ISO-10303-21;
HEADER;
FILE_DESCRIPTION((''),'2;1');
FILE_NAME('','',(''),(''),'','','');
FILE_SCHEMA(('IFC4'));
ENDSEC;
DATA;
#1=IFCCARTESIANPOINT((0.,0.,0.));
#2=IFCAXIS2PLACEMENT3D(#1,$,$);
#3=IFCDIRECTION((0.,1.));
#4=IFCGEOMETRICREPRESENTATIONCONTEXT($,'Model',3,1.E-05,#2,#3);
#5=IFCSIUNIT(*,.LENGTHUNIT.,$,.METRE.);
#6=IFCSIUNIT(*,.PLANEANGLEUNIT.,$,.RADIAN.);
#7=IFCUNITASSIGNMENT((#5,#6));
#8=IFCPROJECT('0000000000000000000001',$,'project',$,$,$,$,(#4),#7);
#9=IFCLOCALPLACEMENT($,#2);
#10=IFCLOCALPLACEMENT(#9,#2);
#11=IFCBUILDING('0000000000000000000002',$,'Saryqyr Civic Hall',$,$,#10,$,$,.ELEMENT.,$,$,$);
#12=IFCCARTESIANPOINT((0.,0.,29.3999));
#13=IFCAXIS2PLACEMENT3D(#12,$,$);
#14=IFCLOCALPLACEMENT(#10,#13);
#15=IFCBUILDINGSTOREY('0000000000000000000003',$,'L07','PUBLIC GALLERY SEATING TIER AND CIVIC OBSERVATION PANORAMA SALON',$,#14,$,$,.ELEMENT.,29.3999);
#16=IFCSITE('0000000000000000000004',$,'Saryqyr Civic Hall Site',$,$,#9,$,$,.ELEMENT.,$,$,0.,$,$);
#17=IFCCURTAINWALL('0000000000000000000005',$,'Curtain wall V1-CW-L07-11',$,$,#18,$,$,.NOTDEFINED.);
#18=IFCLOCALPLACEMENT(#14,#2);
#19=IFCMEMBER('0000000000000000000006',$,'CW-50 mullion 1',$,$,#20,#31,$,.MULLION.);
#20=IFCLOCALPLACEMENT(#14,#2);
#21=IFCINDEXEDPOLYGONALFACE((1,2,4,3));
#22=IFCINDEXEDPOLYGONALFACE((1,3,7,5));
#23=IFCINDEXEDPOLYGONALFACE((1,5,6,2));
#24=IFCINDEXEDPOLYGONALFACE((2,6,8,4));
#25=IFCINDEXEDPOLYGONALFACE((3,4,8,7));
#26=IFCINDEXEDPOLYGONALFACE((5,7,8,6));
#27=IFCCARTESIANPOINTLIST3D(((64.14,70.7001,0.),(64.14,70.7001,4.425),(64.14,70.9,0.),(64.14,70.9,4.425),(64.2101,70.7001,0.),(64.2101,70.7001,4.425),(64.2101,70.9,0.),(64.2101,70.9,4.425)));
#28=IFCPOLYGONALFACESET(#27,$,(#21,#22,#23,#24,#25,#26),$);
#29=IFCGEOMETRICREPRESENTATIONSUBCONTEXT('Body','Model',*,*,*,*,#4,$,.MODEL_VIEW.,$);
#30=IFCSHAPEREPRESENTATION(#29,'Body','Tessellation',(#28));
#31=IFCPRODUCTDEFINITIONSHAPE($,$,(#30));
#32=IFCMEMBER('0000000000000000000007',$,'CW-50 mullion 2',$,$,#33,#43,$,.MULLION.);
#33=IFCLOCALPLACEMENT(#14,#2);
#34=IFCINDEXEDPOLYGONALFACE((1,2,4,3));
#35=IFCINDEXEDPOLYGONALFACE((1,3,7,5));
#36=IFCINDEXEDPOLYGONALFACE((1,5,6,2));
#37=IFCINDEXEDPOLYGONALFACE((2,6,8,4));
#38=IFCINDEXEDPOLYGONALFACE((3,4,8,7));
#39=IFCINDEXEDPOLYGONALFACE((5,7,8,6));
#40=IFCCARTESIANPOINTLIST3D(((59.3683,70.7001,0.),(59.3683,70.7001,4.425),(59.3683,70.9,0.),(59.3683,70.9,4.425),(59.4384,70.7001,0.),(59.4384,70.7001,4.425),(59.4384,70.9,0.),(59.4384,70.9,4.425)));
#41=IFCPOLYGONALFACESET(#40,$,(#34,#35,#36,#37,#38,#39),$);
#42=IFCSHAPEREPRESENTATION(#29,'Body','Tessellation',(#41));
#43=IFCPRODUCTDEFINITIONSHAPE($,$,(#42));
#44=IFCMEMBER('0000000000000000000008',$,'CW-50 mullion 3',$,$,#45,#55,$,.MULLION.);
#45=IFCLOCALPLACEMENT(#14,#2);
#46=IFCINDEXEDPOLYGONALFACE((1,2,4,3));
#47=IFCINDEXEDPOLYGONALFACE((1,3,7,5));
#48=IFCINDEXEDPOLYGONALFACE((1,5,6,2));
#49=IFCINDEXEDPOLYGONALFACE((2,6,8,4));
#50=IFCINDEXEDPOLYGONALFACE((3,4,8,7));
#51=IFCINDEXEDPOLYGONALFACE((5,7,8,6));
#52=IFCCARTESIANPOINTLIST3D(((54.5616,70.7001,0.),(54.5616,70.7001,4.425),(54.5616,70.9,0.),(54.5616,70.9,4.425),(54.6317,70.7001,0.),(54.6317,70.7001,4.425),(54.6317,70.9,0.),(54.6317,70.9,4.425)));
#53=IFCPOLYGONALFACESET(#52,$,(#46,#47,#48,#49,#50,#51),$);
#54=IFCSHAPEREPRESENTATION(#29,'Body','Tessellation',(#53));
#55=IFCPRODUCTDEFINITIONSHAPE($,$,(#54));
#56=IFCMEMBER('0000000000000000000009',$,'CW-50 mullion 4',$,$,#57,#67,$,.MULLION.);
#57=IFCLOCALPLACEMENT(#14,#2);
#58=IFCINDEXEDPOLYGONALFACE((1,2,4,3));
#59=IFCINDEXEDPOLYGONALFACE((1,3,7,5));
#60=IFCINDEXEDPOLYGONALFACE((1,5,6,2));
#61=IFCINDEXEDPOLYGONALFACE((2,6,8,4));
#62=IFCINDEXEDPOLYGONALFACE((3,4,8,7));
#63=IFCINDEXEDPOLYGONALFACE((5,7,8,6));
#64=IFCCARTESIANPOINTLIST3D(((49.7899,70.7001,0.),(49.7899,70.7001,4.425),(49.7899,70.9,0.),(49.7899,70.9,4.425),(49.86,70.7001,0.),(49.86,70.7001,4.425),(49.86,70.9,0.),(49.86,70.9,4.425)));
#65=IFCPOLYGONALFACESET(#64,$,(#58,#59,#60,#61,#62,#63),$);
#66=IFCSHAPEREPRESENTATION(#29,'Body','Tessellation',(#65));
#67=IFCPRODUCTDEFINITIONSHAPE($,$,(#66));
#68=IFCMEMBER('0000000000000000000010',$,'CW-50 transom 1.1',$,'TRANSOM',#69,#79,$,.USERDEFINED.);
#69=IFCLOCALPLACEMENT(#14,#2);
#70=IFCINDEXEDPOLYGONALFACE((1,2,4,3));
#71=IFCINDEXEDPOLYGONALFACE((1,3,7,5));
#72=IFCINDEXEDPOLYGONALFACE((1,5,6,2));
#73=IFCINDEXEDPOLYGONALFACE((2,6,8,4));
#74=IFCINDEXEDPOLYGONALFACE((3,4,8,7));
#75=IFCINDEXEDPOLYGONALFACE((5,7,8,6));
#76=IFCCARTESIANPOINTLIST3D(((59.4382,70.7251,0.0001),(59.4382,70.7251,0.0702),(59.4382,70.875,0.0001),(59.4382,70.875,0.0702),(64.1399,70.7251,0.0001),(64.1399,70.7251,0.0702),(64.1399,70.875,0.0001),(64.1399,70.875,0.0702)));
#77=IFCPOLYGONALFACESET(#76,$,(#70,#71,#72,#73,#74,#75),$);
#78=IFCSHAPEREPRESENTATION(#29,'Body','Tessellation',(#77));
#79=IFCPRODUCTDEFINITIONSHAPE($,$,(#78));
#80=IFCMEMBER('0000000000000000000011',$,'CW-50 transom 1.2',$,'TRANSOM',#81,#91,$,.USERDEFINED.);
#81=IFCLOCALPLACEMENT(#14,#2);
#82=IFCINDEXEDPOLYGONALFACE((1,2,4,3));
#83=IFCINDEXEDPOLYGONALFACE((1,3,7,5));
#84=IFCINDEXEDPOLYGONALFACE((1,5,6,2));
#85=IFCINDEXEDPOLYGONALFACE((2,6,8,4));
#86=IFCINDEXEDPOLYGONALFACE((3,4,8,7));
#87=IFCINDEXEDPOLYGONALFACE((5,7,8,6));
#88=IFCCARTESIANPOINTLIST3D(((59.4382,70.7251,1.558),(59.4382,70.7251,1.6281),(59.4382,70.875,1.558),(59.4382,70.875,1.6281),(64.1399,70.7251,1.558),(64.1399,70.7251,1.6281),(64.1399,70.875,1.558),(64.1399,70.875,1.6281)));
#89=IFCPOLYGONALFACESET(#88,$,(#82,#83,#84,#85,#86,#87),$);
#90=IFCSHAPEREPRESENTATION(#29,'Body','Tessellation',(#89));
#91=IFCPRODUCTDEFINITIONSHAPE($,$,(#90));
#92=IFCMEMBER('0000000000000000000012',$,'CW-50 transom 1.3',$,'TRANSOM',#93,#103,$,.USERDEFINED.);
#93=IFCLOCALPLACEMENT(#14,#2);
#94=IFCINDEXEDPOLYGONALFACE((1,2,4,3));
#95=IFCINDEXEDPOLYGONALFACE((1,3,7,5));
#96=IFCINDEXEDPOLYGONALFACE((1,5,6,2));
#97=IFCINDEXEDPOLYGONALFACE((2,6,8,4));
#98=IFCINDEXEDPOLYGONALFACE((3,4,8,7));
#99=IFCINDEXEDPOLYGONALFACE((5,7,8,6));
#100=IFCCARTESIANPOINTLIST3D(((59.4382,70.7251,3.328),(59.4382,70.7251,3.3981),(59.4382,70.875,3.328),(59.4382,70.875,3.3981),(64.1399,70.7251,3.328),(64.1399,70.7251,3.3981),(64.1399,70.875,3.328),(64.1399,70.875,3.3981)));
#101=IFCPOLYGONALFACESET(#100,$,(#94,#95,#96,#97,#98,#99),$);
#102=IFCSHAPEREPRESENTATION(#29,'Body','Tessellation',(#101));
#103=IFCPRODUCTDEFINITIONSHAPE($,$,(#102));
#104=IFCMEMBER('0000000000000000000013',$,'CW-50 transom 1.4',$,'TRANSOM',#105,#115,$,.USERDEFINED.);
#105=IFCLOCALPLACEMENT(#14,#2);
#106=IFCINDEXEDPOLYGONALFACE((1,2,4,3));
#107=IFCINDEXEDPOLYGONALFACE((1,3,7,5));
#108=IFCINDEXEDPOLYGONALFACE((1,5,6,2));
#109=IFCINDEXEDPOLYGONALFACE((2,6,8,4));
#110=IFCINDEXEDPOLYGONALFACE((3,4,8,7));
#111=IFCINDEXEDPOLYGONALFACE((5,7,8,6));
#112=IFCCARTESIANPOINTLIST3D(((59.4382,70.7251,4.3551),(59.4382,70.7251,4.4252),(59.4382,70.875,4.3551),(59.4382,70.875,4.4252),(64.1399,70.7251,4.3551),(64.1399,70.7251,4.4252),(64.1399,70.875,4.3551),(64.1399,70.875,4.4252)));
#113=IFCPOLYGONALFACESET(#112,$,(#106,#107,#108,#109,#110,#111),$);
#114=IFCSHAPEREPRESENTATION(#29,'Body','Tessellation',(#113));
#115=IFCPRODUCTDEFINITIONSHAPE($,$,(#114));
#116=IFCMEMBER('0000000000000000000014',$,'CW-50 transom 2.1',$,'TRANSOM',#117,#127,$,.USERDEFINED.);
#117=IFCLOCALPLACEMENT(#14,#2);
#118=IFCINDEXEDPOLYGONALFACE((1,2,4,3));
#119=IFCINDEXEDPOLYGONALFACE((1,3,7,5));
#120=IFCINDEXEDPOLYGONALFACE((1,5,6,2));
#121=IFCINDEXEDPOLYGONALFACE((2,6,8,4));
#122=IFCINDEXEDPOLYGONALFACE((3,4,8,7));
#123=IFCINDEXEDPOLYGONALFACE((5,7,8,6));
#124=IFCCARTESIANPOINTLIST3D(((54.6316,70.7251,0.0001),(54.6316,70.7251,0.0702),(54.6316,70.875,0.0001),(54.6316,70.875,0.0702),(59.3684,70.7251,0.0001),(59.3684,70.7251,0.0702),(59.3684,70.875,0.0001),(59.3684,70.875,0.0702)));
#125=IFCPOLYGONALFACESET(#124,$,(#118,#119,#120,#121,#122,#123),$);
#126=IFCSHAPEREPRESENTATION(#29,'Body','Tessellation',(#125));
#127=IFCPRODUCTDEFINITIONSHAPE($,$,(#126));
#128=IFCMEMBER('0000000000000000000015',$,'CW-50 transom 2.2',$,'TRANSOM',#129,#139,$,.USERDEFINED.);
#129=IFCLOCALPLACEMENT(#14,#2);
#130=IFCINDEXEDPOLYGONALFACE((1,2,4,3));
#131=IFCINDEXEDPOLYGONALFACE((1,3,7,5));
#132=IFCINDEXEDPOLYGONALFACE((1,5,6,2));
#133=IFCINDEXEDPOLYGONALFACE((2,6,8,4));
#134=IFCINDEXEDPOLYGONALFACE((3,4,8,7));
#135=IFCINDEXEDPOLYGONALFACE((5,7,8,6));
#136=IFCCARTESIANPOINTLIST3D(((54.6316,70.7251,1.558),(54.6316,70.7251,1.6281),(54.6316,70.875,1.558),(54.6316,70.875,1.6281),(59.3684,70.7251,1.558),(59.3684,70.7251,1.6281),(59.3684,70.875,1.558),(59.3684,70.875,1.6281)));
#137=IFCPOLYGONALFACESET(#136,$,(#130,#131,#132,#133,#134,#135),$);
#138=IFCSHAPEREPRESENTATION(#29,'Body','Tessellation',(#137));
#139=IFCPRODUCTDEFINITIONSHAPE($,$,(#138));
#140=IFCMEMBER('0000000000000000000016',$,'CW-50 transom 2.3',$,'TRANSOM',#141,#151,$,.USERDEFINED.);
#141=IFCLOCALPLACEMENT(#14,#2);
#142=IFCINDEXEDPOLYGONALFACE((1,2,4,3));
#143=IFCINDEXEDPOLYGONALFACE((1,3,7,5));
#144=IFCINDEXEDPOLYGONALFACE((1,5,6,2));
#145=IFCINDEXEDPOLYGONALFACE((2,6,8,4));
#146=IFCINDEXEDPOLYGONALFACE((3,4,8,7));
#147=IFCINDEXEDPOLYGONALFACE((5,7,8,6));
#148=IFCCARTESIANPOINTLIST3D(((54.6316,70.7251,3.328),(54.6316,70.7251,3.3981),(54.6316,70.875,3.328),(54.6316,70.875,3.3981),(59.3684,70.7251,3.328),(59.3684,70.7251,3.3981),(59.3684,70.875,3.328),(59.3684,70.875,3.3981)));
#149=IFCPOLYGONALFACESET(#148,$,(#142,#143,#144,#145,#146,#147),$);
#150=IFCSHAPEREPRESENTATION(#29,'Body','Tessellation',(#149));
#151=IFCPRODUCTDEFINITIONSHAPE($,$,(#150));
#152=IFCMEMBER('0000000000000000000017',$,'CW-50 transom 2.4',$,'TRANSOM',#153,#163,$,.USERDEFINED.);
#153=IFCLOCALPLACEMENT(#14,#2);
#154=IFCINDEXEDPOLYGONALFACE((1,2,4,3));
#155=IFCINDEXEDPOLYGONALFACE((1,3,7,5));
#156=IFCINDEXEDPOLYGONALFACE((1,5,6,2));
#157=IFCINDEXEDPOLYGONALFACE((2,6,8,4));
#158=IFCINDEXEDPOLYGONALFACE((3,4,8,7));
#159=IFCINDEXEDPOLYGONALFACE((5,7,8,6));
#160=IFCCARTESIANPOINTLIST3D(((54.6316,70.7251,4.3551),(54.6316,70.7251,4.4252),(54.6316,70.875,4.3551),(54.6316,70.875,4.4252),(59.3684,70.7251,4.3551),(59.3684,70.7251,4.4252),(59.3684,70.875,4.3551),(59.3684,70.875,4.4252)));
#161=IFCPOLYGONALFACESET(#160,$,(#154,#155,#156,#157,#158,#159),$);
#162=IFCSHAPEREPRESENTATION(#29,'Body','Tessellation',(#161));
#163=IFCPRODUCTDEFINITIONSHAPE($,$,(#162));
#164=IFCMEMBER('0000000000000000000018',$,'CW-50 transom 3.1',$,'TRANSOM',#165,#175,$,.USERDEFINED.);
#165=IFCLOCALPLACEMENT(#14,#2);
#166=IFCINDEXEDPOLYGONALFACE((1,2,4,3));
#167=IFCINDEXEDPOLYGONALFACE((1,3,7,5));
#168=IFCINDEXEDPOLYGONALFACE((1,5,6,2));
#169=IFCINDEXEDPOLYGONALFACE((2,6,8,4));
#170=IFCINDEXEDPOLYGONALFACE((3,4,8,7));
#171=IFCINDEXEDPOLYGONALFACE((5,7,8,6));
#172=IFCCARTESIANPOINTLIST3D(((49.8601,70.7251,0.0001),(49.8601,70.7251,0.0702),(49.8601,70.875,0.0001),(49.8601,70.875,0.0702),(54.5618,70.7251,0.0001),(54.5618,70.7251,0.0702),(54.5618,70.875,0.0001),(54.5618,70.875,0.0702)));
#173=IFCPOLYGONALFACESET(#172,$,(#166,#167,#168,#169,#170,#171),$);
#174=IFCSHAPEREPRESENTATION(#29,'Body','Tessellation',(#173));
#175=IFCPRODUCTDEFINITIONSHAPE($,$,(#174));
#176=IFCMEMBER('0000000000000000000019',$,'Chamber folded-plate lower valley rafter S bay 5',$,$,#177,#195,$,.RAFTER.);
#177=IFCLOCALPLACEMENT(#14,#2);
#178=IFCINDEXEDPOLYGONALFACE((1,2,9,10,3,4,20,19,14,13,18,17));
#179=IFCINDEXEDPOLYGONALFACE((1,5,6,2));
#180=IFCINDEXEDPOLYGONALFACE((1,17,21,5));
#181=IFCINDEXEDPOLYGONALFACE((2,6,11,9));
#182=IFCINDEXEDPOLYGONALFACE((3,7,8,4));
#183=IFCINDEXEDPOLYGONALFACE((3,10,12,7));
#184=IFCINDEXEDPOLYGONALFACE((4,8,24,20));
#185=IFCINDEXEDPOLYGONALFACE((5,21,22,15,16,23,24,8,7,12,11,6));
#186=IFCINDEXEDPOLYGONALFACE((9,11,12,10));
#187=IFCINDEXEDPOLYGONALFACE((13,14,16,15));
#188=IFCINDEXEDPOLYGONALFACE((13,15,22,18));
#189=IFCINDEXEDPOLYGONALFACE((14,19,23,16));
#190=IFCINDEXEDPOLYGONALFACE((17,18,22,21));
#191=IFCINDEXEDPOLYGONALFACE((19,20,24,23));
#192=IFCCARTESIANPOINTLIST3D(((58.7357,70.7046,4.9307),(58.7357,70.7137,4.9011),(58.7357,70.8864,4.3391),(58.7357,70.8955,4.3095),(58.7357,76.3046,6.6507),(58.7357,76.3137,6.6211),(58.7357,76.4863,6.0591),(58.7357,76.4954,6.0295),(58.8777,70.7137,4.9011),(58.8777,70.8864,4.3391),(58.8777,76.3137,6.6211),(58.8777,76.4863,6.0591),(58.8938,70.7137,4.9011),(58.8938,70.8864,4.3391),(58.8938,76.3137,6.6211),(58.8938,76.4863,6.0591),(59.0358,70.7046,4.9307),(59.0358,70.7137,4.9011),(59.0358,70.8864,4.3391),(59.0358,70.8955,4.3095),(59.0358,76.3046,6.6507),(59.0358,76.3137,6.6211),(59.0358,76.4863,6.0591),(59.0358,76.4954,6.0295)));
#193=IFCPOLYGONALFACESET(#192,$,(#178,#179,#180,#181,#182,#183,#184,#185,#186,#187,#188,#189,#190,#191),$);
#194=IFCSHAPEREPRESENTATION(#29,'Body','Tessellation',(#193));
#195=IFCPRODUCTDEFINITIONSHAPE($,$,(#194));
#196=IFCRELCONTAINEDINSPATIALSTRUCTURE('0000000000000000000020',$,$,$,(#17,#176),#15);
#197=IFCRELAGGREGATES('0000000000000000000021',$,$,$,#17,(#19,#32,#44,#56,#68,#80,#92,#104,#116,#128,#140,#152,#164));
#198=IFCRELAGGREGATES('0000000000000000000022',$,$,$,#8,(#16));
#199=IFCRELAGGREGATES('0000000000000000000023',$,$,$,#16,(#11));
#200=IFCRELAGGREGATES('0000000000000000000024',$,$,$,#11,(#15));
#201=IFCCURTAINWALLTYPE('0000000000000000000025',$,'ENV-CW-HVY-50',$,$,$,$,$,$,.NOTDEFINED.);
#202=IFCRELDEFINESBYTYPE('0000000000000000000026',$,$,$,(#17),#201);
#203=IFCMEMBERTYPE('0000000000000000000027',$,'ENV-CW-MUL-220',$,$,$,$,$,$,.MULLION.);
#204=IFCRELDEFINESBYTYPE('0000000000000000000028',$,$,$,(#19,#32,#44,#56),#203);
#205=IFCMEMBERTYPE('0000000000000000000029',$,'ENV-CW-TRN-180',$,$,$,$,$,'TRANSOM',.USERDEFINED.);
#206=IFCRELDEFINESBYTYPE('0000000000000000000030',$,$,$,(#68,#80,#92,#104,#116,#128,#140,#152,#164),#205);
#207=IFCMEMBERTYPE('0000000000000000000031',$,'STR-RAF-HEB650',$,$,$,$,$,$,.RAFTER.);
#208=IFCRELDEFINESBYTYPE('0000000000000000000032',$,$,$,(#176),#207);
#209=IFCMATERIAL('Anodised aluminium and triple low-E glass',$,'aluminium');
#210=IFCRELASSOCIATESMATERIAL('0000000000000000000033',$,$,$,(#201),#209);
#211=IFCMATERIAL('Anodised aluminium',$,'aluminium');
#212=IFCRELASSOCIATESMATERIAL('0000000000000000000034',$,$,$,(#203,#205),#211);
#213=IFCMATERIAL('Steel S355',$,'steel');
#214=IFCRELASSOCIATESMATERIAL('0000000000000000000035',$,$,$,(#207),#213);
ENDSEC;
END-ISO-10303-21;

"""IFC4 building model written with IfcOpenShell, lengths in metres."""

from ifc_helpers import new_model, si_unit, direction, frame, origin, origin_2d, place, context, subcontext, project, spatial, rectangle, i_section, extrude, material, material_profile, profile_set, type_object, element, aggregate, save


model = new_model("IFC4")

# Units and contexts
model_context = context("Model", 3, precision=1e-05, world=origin(), true_north=direction((0.0, 1.0)))
body_context = subcontext(model_context, "Body", "Model", "MODEL_VIEW")
ifc_project = project(units=[si_unit("LENGTHUNIT", "METRE"), si_unit("PLANEANGLEUNIT", "RADIAN")], contexts=[model_context])

# Site, building, storey
site_placement = place(None, origin())
site = spatial("IfcSite", under=ifc_project, at=site_placement, Name="Saryqyr Civic Hall Site", CompositionType="ELEMENT", RefElevation=0.0)
building_placement = place(site_placement, origin())
building = spatial("IfcBuilding", under=site, at=building_placement, Name="Saryqyr Civic Hall", CompositionType="ELEMENT")
storey_placement = place(building_placement, frame((0.0, 0.0, 29.3999)))
storey = spatial("IfcBuildingStorey", under=building, at=storey_placement, Name="L07", Description="PUBLIC GALLERY SEATING TIER AND CIVIC OBSERVATION PANORAMA SALON", CompositionType="ELEMENT", Elevation=29.3999)

# Curtain wall, members
ifc_material_1 = material(Name="Anodised aluminium and triple low-E glass", Category="aluminium")
curtain_wall_type = type_object("IfcCurtainWallType", Name="ENV-CW-HVY-50", PredefinedType="NOTDEFINED", material=ifc_material_1)
curtain_wall_placement = place(storey_placement, origin())
curtain_wall = element("IfcCurtainWall", 1, at=curtain_wall_placement, inside=storey, type_object=curtain_wall_type, Name="Curtain wall V1-CW-L07-11", PredefinedType="NOTDEFINED")
ifc_material_2 = material(Name="Anodised aluminium", Category="aluminium")
ifc_material_profile_1 = material_profile(ifc_material_2, rectangle(XDim=0.0701, YDim=0.2, at=origin_2d()), Name="ALU MULLION 70x200")
ifc_profile_set_1 = profile_set([ifc_material_profile_1], Name="Anodised aluminium")
member_type_1 = type_object("IfcMemberType", Name="ENV-CW-MUL-220", PredefinedType="MULLION", material=ifc_profile_set_1)
member_1_placement = place(storey_placement, frame((64.175, 70.8, 0.0), z_axis=(0.0, 0.0, 1.0), x_axis=(-1.0, 0.0, 0.0)))
member_1 = element("IfcMember", 2, at=member_1_placement, type_object=member_type_1, Name="CW-50 mullion 1", PredefinedType="MULLION", context=body_context, shape_type="SweptSolid", body=[
    extrude(rectangle(XDim=0.0701, YDim=0.2, at=origin_2d()), origin(), (0.0, 0.0, 1.0), 4.425),
])
member_2_placement = place(storey_placement, frame((59.4033, 70.8, 0.0), z_axis=(0.0, 0.0, 1.0), x_axis=(-1.0, 0.0, 0.0)))
member_2 = element("IfcMember", 3, at=member_2_placement, type_object=member_type_1, Name="CW-50 mullion 2", PredefinedType="MULLION", context=body_context, shape_type="SweptSolid", body=[
    extrude(rectangle(XDim=0.0701, YDim=0.2, at=origin_2d()), origin(), (0.0, 0.0, 1.0), 4.425),
])
member_3_placement = place(storey_placement, frame((54.5967, 70.8, 0.0), z_axis=(0.0, 0.0, 1.0), x_axis=(-1.0, 0.0, 0.0)))
member_3 = element("IfcMember", 4, at=member_3_placement, type_object=member_type_1, Name="CW-50 mullion 3", PredefinedType="MULLION", context=body_context, shape_type="SweptSolid", body=[
    extrude(rectangle(XDim=0.0701, YDim=0.2, at=origin_2d()), origin(), (0.0, 0.0, 1.0), 4.425),
])
member_4_placement = place(storey_placement, frame((49.825, 70.8, 0.0), z_axis=(0.0, 0.0, 1.0), x_axis=(-1.0, 0.0, 0.0)))
member_4 = element("IfcMember", 5, at=member_4_placement, type_object=member_type_1, Name="CW-50 mullion 4", PredefinedType="MULLION", context=body_context, shape_type="SweptSolid", body=[
    extrude(rectangle(XDim=0.0701, YDim=0.2, at=origin_2d()), origin(), (0.0, 0.0, 1.0), 4.425),
])
ifc_material_profile_2 = material_profile(ifc_material_2, rectangle(XDim=0.1499, YDim=0.0701, at=origin_2d()), Name="ALU TRANSOM 150x70")
ifc_profile_set_2 = profile_set([ifc_material_profile_2], Name="Anodised aluminium")
member_type_2 = type_object("IfcMemberType", Name="ENV-CW-TRN-180", ElementType="TRANSOM", PredefinedType="USERDEFINED", material=ifc_profile_set_2)
member_5_placement = place(storey_placement, frame((64.1399, 70.8, 0.0352), z_axis=(-1.0, 0.0, 0.0), x_axis=(0.0, -1.0, 0.0)))
member_5 = element("IfcMember", 6, at=member_5_placement, type_object=member_type_2, Name="CW-50 transom 1.1", ObjectType="TRANSOM", PredefinedType="USERDEFINED", context=body_context, shape_type="SweptSolid", body=[
    extrude(rectangle(XDim=0.1499, YDim=0.0701, at=origin_2d()), origin(), (0.0, 0.0, 1.0), 4.7017),
])
member_6_placement = place(storey_placement, frame((64.1399, 70.8, 1.593), z_axis=(-1.0, 0.0, 0.0), x_axis=(0.0, -1.0, 0.0)))
member_6 = element("IfcMember", 7, at=member_6_placement, type_object=member_type_2, Name="CW-50 transom 1.2", ObjectType="TRANSOM", PredefinedType="USERDEFINED", context=body_context, shape_type="SweptSolid", body=[
    extrude(rectangle(XDim=0.1499, YDim=0.0701, at=origin_2d()), origin(), (0.0, 0.0, 1.0), 4.7017),
])
member_7_placement = place(storey_placement, frame((64.1399, 70.8, 3.363), z_axis=(-1.0, 0.0, 0.0), x_axis=(0.0, -1.0, 0.0)))
member_7 = element("IfcMember", 8, at=member_7_placement, type_object=member_type_2, Name="CW-50 transom 1.3", ObjectType="TRANSOM", PredefinedType="USERDEFINED", context=body_context, shape_type="SweptSolid", body=[
    extrude(rectangle(XDim=0.1499, YDim=0.0701, at=origin_2d()), origin(), (0.0, 0.0, 1.0), 4.7017),
])
member_8_placement = place(storey_placement, frame((64.1399, 70.8, 4.3901), z_axis=(-1.0, 0.0, 0.0), x_axis=(0.0, -1.0, 0.0)))
member_8 = element("IfcMember", 9, at=member_8_placement, type_object=member_type_2, Name="CW-50 transom 1.4", ObjectType="TRANSOM", PredefinedType="USERDEFINED", context=body_context, shape_type="SweptSolid", body=[
    extrude(rectangle(XDim=0.1499, YDim=0.0701, at=origin_2d()), origin(), (0.0, 0.0, 1.0), 4.7017),
])
member_9_placement = place(storey_placement, frame((59.3684, 70.8, 0.0352), z_axis=(-1.0, 0.0, 0.0), x_axis=(0.0, -1.0, 0.0)))
member_9 = element("IfcMember", 10, at=member_9_placement, type_object=member_type_2, Name="CW-50 transom 2.1", ObjectType="TRANSOM", PredefinedType="USERDEFINED", context=body_context, shape_type="SweptSolid", body=[
    extrude(rectangle(XDim=0.1499, YDim=0.0701, at=origin_2d()), origin(), (0.0, 0.0, 1.0), 4.7368),
])
member_10_placement = place(storey_placement, frame((59.3684, 70.8, 1.593), z_axis=(-1.0, 0.0, 0.0), x_axis=(0.0, -1.0, 0.0)))
member_10 = element("IfcMember", 11, at=member_10_placement, type_object=member_type_2, Name="CW-50 transom 2.2", ObjectType="TRANSOM", PredefinedType="USERDEFINED", context=body_context, shape_type="SweptSolid", body=[
    extrude(rectangle(XDim=0.1499, YDim=0.0701, at=origin_2d()), origin(), (0.0, 0.0, 1.0), 4.7368),
])
member_11_placement = place(storey_placement, frame((59.3684, 70.8, 3.363), z_axis=(-1.0, 0.0, 0.0), x_axis=(0.0, -1.0, 0.0)))
member_11 = element("IfcMember", 12, at=member_11_placement, type_object=member_type_2, Name="CW-50 transom 2.3", ObjectType="TRANSOM", PredefinedType="USERDEFINED", context=body_context, shape_type="SweptSolid", body=[
    extrude(rectangle(XDim=0.1499, YDim=0.0701, at=origin_2d()), origin(), (0.0, 0.0, 1.0), 4.7368),
])
member_12_placement = place(storey_placement, frame((59.3684, 70.8, 4.3901), z_axis=(-1.0, 0.0, 0.0), x_axis=(0.0, -1.0, 0.0)))
member_12 = element("IfcMember", 13, at=member_12_placement, type_object=member_type_2, Name="CW-50 transom 2.4", ObjectType="TRANSOM", PredefinedType="USERDEFINED", context=body_context, shape_type="SweptSolid", body=[
    extrude(rectangle(XDim=0.1499, YDim=0.0701, at=origin_2d()), origin(), (0.0, 0.0, 1.0), 4.7368),
])
member_13_placement = place(storey_placement, frame((54.5618, 70.8, 0.0352), z_axis=(-1.0, 0.0, 0.0), x_axis=(0.0, -1.0, 0.0)))
member_13 = element("IfcMember", 14, at=member_13_placement, type_object=member_type_2, Name="CW-50 transom 3.1", ObjectType="TRANSOM", PredefinedType="USERDEFINED", context=body_context, shape_type="SweptSolid", body=[
    extrude(rectangle(XDim=0.1499, YDim=0.0701, at=origin_2d()), origin(), (0.0, 0.0, 1.0), 4.7017),
])

# Member
ifc_material_3 = material(Name="Steel S355", Category="steel")
ifc_material_profile_3 = material_profile(ifc_material_3, i_section(OverallWidth=0.3, OverallDepth=0.6499, WebThickness=0.0161, FlangeThickness=0.031, at=origin_2d()), Name="HEB 650")
ifc_profile_set_3 = profile_set([ifc_material_profile_3], Name="Steel S355")
member_type_3 = type_object("IfcMemberType", Name="STR-RAF-HEB650", PredefinedType="RAFTER", material=ifc_profile_set_3)
for number, where, z_axis, x_axis, name in (
    (15, (58.8857, 70.8, 4.6201), (0.0, 0.955926, 0.293608), (-1.0, 0.0, 0.0), "Chamber folded-plate lower valley rafter S bay 5"),
):
    element("IfcMember", number, at=place(storey_placement, frame(where, z_axis=z_axis, x_axis=x_axis)), inside=storey, type_object=member_type_3, Name=name, PredefinedType="RAFTER", context=body_context, shape_type="SweptSolid", body=[
        extrude(i_section(OverallWidth=0.3, OverallDepth=0.6499, WebThickness=0.0161, FlangeThickness=0.031, at=origin_2d()), origin(), (0.0, 0.0, 1.0), 5.8582),
    ])

aggregate(curtain_wall, [member_1, member_2, member_3, member_4, member_5, member_6, member_7, member_8, member_9, member_10, member_11, member_12, member_13])

save(model, "model.ifc")
